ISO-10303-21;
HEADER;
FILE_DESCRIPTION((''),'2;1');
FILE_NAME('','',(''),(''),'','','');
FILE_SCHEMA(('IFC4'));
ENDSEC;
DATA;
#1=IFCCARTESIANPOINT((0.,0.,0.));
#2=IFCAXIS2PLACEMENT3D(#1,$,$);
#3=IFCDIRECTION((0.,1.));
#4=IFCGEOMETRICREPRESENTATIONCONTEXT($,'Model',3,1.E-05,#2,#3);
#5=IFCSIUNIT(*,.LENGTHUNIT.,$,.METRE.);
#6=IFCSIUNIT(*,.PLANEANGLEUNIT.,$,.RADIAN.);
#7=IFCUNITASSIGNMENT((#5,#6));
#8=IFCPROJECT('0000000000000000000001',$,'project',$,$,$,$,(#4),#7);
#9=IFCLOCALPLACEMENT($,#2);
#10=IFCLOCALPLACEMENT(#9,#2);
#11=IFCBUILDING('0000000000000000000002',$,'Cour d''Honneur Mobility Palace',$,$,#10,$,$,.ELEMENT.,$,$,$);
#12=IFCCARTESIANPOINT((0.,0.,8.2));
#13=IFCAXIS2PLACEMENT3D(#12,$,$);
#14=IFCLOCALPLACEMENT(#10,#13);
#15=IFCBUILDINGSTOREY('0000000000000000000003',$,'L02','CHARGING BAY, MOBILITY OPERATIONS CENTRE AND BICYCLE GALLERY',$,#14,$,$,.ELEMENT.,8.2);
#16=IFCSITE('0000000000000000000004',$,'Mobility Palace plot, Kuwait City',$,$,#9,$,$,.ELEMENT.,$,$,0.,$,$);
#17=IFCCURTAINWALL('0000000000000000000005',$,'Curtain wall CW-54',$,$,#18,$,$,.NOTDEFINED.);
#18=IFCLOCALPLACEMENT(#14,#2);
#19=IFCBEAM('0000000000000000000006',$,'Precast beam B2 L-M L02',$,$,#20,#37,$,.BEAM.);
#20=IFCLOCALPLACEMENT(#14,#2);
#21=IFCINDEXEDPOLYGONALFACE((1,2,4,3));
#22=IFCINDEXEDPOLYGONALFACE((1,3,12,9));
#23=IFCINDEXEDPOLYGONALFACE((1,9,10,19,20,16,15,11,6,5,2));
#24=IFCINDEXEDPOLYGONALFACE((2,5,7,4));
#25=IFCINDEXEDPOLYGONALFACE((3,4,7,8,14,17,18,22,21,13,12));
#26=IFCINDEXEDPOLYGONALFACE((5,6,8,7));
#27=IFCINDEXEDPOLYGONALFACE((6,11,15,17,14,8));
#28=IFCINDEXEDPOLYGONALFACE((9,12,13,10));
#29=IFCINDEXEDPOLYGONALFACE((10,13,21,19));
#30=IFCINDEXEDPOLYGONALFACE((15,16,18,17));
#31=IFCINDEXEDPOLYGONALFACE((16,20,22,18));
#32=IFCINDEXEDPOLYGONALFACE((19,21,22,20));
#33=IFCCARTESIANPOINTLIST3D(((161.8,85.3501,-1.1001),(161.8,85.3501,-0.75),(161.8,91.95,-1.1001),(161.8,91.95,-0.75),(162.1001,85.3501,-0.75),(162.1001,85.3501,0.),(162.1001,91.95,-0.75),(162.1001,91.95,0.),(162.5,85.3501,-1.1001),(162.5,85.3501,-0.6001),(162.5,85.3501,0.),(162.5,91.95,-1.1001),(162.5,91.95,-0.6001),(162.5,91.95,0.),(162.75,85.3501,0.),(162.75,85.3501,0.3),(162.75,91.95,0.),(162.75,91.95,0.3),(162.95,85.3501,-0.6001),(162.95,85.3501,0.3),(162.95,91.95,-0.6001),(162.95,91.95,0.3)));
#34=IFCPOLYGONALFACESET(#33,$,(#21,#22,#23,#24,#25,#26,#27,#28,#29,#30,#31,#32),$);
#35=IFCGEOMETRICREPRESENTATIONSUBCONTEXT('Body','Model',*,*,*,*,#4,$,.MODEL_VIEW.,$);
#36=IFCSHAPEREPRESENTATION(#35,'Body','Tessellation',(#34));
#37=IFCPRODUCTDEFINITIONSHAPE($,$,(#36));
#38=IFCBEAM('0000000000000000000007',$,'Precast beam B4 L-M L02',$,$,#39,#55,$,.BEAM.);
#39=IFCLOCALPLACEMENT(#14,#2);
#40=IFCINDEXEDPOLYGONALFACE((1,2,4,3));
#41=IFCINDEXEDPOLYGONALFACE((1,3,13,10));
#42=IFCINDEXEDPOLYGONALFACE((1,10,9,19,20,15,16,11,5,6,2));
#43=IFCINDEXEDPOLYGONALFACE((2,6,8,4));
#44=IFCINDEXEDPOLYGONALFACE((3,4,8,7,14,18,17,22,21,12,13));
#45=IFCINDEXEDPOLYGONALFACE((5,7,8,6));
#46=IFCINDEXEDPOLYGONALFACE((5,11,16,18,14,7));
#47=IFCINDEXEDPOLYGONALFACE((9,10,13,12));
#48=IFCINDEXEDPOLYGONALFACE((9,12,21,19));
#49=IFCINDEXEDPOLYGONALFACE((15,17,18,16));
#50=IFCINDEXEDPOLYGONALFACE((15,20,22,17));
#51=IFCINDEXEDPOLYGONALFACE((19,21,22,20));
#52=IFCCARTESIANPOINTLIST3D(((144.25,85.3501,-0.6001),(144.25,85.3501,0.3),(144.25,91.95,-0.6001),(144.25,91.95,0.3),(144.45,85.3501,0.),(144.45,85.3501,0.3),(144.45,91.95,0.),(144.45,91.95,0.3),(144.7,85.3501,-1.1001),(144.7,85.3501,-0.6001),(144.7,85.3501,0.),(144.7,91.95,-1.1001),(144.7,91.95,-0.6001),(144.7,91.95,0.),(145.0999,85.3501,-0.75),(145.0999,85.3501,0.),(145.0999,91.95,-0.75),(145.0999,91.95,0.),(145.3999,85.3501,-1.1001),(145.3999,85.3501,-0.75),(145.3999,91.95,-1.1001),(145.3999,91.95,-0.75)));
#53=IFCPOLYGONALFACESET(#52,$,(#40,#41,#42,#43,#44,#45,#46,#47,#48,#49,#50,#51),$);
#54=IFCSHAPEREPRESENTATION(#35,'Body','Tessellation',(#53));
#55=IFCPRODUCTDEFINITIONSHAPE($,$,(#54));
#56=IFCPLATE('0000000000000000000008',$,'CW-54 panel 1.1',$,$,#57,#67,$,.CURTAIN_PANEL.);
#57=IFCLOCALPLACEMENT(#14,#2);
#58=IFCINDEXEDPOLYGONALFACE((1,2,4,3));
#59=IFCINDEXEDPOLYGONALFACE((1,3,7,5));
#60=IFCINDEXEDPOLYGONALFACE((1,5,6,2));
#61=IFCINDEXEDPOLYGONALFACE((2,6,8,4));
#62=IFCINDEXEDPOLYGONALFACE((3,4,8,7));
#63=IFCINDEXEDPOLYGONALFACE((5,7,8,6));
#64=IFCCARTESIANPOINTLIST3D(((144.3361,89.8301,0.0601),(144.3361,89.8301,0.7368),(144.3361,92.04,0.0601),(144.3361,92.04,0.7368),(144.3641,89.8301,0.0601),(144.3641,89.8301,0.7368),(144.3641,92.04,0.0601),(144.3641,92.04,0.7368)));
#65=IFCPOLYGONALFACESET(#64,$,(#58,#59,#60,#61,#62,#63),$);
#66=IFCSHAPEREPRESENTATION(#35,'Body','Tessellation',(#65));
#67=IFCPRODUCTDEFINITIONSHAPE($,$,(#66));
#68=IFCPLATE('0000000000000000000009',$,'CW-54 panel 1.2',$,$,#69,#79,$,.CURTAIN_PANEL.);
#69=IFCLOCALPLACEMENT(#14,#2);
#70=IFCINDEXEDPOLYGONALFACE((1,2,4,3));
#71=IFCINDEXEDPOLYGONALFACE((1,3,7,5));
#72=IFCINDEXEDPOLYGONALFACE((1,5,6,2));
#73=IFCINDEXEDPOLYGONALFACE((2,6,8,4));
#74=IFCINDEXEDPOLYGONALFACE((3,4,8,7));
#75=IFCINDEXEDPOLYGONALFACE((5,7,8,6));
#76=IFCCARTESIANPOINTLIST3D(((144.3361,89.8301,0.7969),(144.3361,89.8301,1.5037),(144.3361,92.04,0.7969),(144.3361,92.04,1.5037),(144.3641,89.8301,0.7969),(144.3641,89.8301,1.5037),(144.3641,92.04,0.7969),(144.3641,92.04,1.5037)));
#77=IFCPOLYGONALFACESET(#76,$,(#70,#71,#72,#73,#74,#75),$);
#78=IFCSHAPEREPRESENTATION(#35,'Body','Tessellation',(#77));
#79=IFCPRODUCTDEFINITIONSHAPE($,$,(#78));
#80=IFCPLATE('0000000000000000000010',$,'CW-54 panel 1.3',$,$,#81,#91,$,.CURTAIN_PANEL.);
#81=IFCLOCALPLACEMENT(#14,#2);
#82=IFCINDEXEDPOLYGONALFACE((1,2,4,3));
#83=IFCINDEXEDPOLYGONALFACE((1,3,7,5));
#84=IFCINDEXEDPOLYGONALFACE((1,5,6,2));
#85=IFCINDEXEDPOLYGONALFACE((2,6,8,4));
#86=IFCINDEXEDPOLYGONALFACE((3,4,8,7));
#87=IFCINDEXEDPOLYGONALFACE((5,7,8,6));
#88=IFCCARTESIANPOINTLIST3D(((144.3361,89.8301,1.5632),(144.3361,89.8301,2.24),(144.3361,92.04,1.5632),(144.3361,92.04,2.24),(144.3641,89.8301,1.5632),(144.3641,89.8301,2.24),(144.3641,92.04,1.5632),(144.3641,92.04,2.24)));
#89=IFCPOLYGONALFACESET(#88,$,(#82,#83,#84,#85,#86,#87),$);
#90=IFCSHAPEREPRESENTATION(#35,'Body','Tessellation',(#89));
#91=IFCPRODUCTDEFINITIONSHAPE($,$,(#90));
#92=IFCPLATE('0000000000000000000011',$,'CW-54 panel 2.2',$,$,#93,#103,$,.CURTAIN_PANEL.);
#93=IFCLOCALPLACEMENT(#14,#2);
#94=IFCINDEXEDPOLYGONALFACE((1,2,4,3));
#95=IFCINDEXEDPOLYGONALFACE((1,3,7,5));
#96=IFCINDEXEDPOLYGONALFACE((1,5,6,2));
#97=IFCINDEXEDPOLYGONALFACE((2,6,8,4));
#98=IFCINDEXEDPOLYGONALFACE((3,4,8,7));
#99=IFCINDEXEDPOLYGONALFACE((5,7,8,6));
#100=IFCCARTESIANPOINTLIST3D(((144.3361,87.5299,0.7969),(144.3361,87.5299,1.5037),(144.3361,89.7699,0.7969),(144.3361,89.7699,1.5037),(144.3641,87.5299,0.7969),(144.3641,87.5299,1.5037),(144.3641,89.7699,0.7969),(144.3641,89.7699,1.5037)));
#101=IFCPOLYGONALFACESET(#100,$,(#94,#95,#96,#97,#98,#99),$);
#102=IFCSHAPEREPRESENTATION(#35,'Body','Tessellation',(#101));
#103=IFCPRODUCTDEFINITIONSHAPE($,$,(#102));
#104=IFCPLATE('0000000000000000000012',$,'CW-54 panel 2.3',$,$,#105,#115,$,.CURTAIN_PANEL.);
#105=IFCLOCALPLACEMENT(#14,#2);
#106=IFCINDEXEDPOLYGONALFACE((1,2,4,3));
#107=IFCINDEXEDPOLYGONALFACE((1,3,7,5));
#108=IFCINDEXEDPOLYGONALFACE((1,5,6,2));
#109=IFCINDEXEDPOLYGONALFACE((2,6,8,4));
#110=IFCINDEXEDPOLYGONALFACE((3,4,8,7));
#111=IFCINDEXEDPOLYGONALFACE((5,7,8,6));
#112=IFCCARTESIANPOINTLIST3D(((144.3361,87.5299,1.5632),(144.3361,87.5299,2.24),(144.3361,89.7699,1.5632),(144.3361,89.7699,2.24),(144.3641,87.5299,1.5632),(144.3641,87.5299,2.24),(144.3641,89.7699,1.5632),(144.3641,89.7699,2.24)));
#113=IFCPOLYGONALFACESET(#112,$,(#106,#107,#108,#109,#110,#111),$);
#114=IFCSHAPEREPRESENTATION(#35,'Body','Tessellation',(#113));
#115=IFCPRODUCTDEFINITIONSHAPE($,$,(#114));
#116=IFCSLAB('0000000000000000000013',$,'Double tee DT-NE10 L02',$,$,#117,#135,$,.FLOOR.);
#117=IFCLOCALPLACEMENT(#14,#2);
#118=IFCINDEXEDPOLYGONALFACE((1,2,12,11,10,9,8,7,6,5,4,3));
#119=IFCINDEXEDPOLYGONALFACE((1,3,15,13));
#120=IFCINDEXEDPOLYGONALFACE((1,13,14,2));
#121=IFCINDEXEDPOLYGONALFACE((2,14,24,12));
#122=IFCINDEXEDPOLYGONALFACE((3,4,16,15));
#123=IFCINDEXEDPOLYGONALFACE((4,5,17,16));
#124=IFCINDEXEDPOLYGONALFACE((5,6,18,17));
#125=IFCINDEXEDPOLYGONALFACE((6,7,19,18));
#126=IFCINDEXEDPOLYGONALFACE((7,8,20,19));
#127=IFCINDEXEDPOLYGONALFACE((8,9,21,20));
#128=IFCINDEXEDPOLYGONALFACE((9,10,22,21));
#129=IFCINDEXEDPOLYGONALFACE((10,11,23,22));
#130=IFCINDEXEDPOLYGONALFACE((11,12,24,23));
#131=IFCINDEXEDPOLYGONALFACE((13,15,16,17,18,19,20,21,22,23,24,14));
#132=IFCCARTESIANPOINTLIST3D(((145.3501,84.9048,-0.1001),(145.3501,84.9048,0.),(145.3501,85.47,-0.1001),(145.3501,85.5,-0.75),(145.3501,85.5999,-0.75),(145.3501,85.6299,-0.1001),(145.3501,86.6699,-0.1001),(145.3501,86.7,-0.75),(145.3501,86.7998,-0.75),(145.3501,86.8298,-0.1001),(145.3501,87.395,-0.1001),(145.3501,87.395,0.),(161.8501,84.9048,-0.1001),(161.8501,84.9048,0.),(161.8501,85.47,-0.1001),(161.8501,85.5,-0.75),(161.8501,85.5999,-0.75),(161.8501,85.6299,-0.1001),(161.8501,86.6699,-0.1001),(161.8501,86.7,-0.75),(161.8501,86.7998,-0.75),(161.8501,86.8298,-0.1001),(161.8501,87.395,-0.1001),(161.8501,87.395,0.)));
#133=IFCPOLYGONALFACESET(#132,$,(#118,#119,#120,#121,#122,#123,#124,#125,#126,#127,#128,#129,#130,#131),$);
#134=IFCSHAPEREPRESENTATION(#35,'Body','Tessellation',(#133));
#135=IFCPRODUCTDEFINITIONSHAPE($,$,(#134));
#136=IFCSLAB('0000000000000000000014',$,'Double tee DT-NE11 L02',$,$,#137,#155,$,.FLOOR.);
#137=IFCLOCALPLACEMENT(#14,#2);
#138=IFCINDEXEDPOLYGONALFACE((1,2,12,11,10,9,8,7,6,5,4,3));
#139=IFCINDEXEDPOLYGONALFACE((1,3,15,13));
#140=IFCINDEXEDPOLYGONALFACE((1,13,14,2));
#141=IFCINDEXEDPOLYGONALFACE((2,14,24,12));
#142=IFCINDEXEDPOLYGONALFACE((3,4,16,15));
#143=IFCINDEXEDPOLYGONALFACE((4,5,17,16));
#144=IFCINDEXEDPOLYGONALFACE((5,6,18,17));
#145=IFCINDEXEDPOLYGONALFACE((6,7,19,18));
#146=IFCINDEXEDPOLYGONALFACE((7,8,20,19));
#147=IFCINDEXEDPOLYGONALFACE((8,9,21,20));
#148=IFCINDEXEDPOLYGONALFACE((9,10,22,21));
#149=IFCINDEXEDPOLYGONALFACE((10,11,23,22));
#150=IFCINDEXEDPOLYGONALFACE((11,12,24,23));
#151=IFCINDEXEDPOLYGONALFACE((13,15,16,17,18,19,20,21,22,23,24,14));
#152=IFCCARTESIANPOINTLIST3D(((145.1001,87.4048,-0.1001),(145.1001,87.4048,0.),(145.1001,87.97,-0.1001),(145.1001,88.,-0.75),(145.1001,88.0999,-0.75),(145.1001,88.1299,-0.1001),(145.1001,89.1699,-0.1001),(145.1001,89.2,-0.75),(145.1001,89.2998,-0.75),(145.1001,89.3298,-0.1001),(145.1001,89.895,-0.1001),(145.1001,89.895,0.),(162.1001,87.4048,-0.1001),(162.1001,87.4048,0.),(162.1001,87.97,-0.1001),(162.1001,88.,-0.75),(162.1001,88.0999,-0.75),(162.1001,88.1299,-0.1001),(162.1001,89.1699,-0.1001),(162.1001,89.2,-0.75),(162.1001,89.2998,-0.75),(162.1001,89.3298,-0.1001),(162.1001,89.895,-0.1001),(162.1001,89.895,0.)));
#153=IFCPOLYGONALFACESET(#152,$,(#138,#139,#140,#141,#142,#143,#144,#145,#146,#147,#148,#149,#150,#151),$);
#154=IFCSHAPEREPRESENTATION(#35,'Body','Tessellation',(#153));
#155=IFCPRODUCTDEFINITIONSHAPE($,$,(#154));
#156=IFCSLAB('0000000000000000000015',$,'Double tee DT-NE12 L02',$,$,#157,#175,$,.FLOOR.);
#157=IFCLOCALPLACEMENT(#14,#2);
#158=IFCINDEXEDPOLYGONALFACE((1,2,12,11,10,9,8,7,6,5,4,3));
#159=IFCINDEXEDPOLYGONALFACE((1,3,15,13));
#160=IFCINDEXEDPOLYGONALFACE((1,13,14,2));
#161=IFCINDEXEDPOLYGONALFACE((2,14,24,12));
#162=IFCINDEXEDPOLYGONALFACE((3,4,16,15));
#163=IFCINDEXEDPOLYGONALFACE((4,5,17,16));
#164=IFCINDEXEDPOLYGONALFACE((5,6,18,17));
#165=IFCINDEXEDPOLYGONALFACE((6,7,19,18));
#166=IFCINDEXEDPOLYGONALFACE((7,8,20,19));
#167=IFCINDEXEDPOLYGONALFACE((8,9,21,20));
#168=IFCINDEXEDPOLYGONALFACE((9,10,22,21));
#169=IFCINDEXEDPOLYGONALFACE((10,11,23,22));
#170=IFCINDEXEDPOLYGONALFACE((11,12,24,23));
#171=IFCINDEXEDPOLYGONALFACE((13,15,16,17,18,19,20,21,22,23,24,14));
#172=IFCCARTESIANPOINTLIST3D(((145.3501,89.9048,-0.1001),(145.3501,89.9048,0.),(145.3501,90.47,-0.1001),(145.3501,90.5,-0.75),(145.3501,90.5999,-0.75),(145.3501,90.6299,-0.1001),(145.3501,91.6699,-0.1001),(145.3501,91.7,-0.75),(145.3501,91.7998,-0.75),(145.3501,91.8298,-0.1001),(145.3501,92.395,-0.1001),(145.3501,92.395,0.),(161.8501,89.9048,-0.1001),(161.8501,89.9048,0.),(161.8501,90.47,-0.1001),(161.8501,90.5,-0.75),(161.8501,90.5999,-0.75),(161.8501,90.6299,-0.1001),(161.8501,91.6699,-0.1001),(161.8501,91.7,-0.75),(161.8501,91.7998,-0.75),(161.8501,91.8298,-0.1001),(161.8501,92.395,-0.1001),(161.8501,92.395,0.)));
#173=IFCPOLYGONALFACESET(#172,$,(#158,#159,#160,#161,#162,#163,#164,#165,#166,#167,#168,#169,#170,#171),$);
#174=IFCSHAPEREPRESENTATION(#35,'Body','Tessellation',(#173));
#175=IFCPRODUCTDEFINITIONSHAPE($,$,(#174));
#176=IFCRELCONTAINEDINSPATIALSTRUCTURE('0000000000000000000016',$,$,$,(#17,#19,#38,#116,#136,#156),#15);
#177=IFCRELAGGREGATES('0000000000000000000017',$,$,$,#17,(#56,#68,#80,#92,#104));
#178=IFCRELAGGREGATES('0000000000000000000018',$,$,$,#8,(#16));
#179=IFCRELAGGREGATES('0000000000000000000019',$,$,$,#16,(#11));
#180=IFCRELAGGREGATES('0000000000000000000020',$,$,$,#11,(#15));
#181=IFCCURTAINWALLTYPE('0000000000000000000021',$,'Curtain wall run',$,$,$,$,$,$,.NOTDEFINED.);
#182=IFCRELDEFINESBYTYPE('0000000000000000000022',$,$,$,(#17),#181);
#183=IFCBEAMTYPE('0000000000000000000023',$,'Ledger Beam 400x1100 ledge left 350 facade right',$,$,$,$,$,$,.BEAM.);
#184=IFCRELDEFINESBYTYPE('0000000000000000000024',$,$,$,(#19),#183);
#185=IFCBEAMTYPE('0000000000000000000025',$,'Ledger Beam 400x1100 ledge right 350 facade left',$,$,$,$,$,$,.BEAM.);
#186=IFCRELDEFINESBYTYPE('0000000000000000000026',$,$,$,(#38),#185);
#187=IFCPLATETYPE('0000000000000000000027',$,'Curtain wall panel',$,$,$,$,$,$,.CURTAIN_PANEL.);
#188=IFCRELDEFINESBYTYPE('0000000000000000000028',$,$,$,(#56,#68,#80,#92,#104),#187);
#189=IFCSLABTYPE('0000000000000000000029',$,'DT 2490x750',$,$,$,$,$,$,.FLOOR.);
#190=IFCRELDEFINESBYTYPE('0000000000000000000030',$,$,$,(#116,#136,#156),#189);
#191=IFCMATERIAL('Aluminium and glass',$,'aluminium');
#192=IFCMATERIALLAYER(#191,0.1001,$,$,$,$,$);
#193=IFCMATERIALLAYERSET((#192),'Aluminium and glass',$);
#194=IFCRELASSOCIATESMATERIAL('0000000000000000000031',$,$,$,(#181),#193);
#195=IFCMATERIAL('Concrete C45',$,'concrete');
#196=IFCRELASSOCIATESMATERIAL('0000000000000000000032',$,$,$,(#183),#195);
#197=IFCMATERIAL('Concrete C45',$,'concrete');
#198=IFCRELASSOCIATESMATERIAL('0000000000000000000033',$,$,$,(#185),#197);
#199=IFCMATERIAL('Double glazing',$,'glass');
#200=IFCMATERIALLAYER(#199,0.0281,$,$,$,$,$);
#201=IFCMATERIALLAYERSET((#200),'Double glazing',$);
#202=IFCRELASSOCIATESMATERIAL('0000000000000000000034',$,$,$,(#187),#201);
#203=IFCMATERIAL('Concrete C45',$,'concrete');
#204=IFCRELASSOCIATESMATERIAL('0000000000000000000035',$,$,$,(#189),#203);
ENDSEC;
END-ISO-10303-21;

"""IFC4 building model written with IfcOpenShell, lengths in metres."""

from ifc_helpers import new_model, si_unit, direction, frame, origin, origin_2d, place, context, subcontext, project, spatial, polyline, rectangle, outline, extrude, material, layer, layer_set, material_profile, profile_set, type_object, element, aggregate, save


model = new_model("IFC4")

# Units and contexts
model_context = context("Model", 3, precision=1e-05, world=origin(), true_north=direction((0.0, 1.0)))
body_context = subcontext(model_context, "Body", "Model", "MODEL_VIEW")
ifc_project = project(units=[si_unit("LENGTHUNIT", "METRE"), si_unit("PLANEANGLEUNIT", "RADIAN")], contexts=[model_context])

# Site, building, storey
site_placement = place(None, origin())
site = spatial("IfcSite", under=ifc_project, at=site_placement, Name="Mobility Palace plot, Kuwait City", CompositionType="ELEMENT", RefElevation=0.0)
building_placement = place(site_placement, origin())
building = spatial("IfcBuilding", under=site, at=building_placement, Name="Cour d'Honneur Mobility Palace", CompositionType="ELEMENT")
storey_placement = place(building_placement, frame((0.0, 0.0, 8.2)))
storey = spatial("IfcBuildingStorey", under=building, at=storey_placement, Name="L02", Description="CHARGING BAY, MOBILITY OPERATIONS CENTRE AND BICYCLE GALLERY", CompositionType="ELEMENT", Elevation=8.2)

# Curtain wall
ifc_material_1 = material(Name="Aluminium and glass", Category="aluminium")
ifc_layer_1 = layer(ifc_material_1, 0.1001)
ifc_layer_set_1 = layer_set([ifc_layer_1], Name="Aluminium and glass")
curtain_wall_type = type_object("IfcCurtainWallType", Name="Curtain wall run", PredefinedType="NOTDEFINED", material=ifc_layer_set_1)
curtain_wall_placement = place(storey_placement, origin())
curtain_wall = element("IfcCurtainWall", 1, at=curtain_wall_placement, inside=storey, type_object=curtain_wall_type, Name="Curtain wall CW-54", PredefinedType="NOTDEFINED")

# Beams
ifc_material_2 = material(Name="Concrete C45", Category="concrete")
ifc_material_profile_1 = material_profile(ifc_material_2, outline(polyline([(0.5, -1.1001), (0.5, -0.75), (0.2, -0.75), (0.2, 0.0), (-0.2, 0.0), (-0.45, 0.0), (-0.45, 0.3), (-0.6499, 0.3), (-0.6499, -0.6001), (-0.2, -0.6001), (-0.2, -1.1001), (0.5, -1.1001)])), Name="Ledger Beam 400x1100 ledge left 350 facade right")
ifc_profile_set_1 = profile_set([ifc_material_profile_1], Name="Concrete C45")
beam_type_1 = type_object("IfcBeamType", Name="Ledger Beam 400x1100 ledge left 350 facade right", PredefinedType="BEAM", material=ifc_profile_set_1)
beam_1_placement = place(storey_placement, frame((162.3, 85.3501, 0.0), z_axis=(0.0, 1.0, 0.0), x_axis=(-1.0, 0.0, 0.0)))
element("IfcBeam", 2, at=beam_1_placement, inside=storey, type_object=beam_type_1, Name="Precast beam B2 L-M L02", PredefinedType="BEAM", context=body_context, shape_type="SweptSolid", body=[
    extrude(outline(polyline([(0.5, -1.1001), (0.5, -0.75), (0.2, -0.75), (0.2, 0.0), (-0.2, 0.0), (-0.45, 0.0), (-0.45, 0.3), (-0.6499, 0.3), (-0.6499, -0.6001), (-0.2, -0.6001), (-0.2, -1.1001), (0.5, -1.1001)])), origin(), (0.0, 0.0, 1.0), 6.5999),
])
ifc_material_3 = material(Name="Concrete C45", Category="concrete")
ifc_material_profile_2 = material_profile(ifc_material_3, outline(polyline([(0.2, -1.1001), (0.2, -0.6001), (0.6499, -0.6001), (0.6499, 0.3), (0.45, 0.3), (0.45, 0.0), (0.2, 0.0), (-0.2, 0.0), (-0.2, -0.75), (-0.5, -0.75), (-0.5, -1.1001), (0.2, -1.1001)])), Name="Ledger Beam 400x1100 ledge right 350 facade left")
ifc_profile_set_2 = profile_set([ifc_material_profile_2], Name="Concrete C45")
beam_type_2 = type_object("IfcBeamType", Name="Ledger Beam 400x1100 ledge right 350 facade left", PredefinedType="BEAM", material=ifc_profile_set_2)
beam_2_placement = place(storey_placement, frame((144.8999, 85.3501, 0.0), z_axis=(0.0, 1.0, 0.0), x_axis=(-1.0, 0.0, 0.0)))
element("IfcBeam", 3, at=beam_2_placement, inside=storey, type_object=beam_type_2, Name="Precast beam B4 L-M L02", PredefinedType="BEAM", context=body_context, shape_type="SweptSolid", body=[
    extrude(outline(polyline([(0.2, -1.1001), (0.2, -0.6001), (0.6499, -0.6001), (0.6499, 0.3), (0.45, 0.3), (0.45, 0.0), (0.2, 0.0), (-0.2, 0.0), (-0.2, -0.75), (-0.5, -0.75), (-0.5, -1.1001), (0.2, -1.1001)])), origin(), (0.0, 0.0, 1.0), 6.5999),
])

# Plates
ifc_material_4 = material(Name="Double glazing", Category="glass")
ifc_layer_2 = layer(ifc_material_4, 0.0281)
ifc_layer_set_2 = layer_set([ifc_layer_2], Name="Double glazing")
plate_type = type_object("IfcPlateType", Name="Curtain wall panel", PredefinedType="CURTAIN_PANEL", material=ifc_layer_set_2)
plate_1_placement = place(storey_placement, frame((144.3501, 90.9351, 0.0601), z_axis=(0.0, 0.0, 1.0), x_axis=(0.0, -1.0, 0.0)))
plate_1 = element("IfcPlate", 4, at=plate_1_placement, type_object=plate_type, Name="CW-54 panel 1.1", PredefinedType="CURTAIN_PANEL", context=body_context, shape_type="SweptSolid", body=[
    extrude(rectangle(XDim=2.21, YDim=0.0281, at=origin_2d()), origin(), (0.0, 0.0, 1.0), 0.6768),
])
plate_2_placement = place(storey_placement, frame((144.3501, 90.9351, 0.7969), z_axis=(0.0, 0.0, 1.0), x_axis=(0.0, -1.0, 0.0)))
plate_2 = element("IfcPlate", 5, at=plate_2_placement, type_object=plate_type, Name="CW-54 panel 1.2", PredefinedType="CURTAIN_PANEL", context=body_context, shape_type="SweptSolid", body=[
    extrude(rectangle(XDim=2.21, YDim=0.0281, at=origin_2d()), origin(), (0.0, 0.0, 1.0), 0.7068),
])
plate_3_placement = place(storey_placement, frame((144.3501, 90.9351, 1.5632), z_axis=(0.0, 0.0, 1.0), x_axis=(0.0, -1.0, 0.0)))
plate_3 = element("IfcPlate", 6, at=plate_3_placement, type_object=plate_type, Name="CW-54 panel 1.3", PredefinedType="CURTAIN_PANEL", context=body_context, shape_type="SweptSolid", body=[
    extrude(rectangle(XDim=2.21, YDim=0.0281, at=origin_2d()), origin(), (0.0, 0.0, 1.0), 0.6768),
])
plate_4_placement = place(storey_placement, frame((144.3501, 88.6499, 0.7969), z_axis=(0.0, 0.0, 1.0), x_axis=(0.0, -1.0, 0.0)))
plate_4 = element("IfcPlate", 7, at=plate_4_placement, type_object=plate_type, Name="CW-54 panel 2.2", PredefinedType="CURTAIN_PANEL", context=body_context, shape_type="SweptSolid", body=[
    extrude(rectangle(XDim=2.24, YDim=0.0281, at=origin_2d()), origin(), (0.0, 0.0, 1.0), 0.7068),
])
plate_5_placement = place(storey_placement, frame((144.3501, 88.6499, 1.5632), z_axis=(0.0, 0.0, 1.0), x_axis=(0.0, -1.0, 0.0)))
plate_5 = element("IfcPlate", 8, at=plate_5_placement, type_object=plate_type, Name="CW-54 panel 2.3", PredefinedType="CURTAIN_PANEL", context=body_context, shape_type="SweptSolid", body=[
    extrude(rectangle(XDim=2.24, YDim=0.0281, at=origin_2d()), origin(), (0.0, 0.0, 1.0), 0.6768),
])
aggregate(curtain_wall, [plate_1, plate_2, plate_3, plate_4, plate_5])

# Slabs
ifc_material_5 = material(Name="Concrete C45", Category="concrete")
ifc_material_profile_3 = material_profile(ifc_material_5, outline(polyline([(-1.2451, 0.0), (1.2451, 0.0), (1.2451, -0.1001), (0.6799, -0.1001), (0.6499, -0.75), (0.55, -0.75), (0.52, -0.1001), (-0.52, -0.1001), (-0.55, -0.75), (-0.6499, -0.75), (-0.6799, -0.1001), (-1.2451, -0.1001), (-1.2451, 0.0)])), Name="DT 2490x750")
ifc_profile_set_3 = profile_set([ifc_material_profile_3], Name="Concrete C45")
slab_type = type_object("IfcSlabType", Name="DT 2490x750", PredefinedType="FLOOR", material=ifc_profile_set_3)
slab_1_placement = place(storey_placement, frame((145.3501, 86.1499, 0.0), z_axis=(1.0, 0.0, 0.0), x_axis=(0.0, 1.0, 0.0)))
element("IfcSlab", 9, at=slab_1_placement, inside=storey, type_object=slab_type, Name="Double tee DT-NE10 L02", PredefinedType="FLOOR", context=body_context, shape_type="SweptSolid", body=[
    extrude(outline(polyline([(-1.2451, 0.0), (1.2451, 0.0), (1.2451, -0.1001), (0.6799, -0.1001), (0.6499, -0.75), (0.55, -0.75), (0.52, -0.1001), (-0.52, -0.1001), (-0.55, -0.75), (-0.6499, -0.75), (-0.6799, -0.1001), (-1.2451, -0.1001), (-1.2451, 0.0)])), origin(), (0.0, 0.0, 1.0), 16.5),
])
slab_2_placement = place(storey_placement, frame((145.1001, 88.6499, 0.0), z_axis=(1.0, 0.0, 0.0), x_axis=(0.0, 1.0, 0.0)))
element("IfcSlab", 10, at=slab_2_placement, inside=storey, type_object=slab_type, Name="Double tee DT-NE11 L02", PredefinedType="FLOOR", context=body_context, shape_type="SweptSolid", body=[
    extrude(outline(polyline([(-1.2451, 0.0), (1.2451, 0.0), (1.2451, -0.1001), (0.6799, -0.1001), (0.6499, -0.75), (0.55, -0.75), (0.52, -0.1001), (-0.52, -0.1001), (-0.55, -0.75), (-0.6499, -0.75), (-0.6799, -0.1001), (-1.2451, -0.1001), (-1.2451, 0.0)])), origin(), (0.0, 0.0, 1.0), 17.0),
])
slab_3_placement = place(storey_placement, frame((145.3501, 91.1499, 0.0), z_axis=(1.0, 0.0, 0.0), x_axis=(0.0, 1.0, 0.0)))
element("IfcSlab", 11, at=slab_3_placement, inside=storey, type_object=slab_type, Name="Double tee DT-NE12 L02", PredefinedType="FLOOR", context=body_context, shape_type="SweptSolid", body=[
    extrude(outline(polyline([(-1.2451, 0.0), (1.2451, 0.0), (1.2451, -0.1001), (0.6799, -0.1001), (0.6499, -0.75), (0.55, -0.75), (0.52, -0.1001), (-0.52, -0.1001), (-0.55, -0.75), (-0.6499, -0.75), (-0.6799, -0.1001), (-1.2451, -0.1001), (-1.2451, 0.0)])), origin(), (0.0, 0.0, 1.0), 16.5),
])

save(model, "model.ifc")
